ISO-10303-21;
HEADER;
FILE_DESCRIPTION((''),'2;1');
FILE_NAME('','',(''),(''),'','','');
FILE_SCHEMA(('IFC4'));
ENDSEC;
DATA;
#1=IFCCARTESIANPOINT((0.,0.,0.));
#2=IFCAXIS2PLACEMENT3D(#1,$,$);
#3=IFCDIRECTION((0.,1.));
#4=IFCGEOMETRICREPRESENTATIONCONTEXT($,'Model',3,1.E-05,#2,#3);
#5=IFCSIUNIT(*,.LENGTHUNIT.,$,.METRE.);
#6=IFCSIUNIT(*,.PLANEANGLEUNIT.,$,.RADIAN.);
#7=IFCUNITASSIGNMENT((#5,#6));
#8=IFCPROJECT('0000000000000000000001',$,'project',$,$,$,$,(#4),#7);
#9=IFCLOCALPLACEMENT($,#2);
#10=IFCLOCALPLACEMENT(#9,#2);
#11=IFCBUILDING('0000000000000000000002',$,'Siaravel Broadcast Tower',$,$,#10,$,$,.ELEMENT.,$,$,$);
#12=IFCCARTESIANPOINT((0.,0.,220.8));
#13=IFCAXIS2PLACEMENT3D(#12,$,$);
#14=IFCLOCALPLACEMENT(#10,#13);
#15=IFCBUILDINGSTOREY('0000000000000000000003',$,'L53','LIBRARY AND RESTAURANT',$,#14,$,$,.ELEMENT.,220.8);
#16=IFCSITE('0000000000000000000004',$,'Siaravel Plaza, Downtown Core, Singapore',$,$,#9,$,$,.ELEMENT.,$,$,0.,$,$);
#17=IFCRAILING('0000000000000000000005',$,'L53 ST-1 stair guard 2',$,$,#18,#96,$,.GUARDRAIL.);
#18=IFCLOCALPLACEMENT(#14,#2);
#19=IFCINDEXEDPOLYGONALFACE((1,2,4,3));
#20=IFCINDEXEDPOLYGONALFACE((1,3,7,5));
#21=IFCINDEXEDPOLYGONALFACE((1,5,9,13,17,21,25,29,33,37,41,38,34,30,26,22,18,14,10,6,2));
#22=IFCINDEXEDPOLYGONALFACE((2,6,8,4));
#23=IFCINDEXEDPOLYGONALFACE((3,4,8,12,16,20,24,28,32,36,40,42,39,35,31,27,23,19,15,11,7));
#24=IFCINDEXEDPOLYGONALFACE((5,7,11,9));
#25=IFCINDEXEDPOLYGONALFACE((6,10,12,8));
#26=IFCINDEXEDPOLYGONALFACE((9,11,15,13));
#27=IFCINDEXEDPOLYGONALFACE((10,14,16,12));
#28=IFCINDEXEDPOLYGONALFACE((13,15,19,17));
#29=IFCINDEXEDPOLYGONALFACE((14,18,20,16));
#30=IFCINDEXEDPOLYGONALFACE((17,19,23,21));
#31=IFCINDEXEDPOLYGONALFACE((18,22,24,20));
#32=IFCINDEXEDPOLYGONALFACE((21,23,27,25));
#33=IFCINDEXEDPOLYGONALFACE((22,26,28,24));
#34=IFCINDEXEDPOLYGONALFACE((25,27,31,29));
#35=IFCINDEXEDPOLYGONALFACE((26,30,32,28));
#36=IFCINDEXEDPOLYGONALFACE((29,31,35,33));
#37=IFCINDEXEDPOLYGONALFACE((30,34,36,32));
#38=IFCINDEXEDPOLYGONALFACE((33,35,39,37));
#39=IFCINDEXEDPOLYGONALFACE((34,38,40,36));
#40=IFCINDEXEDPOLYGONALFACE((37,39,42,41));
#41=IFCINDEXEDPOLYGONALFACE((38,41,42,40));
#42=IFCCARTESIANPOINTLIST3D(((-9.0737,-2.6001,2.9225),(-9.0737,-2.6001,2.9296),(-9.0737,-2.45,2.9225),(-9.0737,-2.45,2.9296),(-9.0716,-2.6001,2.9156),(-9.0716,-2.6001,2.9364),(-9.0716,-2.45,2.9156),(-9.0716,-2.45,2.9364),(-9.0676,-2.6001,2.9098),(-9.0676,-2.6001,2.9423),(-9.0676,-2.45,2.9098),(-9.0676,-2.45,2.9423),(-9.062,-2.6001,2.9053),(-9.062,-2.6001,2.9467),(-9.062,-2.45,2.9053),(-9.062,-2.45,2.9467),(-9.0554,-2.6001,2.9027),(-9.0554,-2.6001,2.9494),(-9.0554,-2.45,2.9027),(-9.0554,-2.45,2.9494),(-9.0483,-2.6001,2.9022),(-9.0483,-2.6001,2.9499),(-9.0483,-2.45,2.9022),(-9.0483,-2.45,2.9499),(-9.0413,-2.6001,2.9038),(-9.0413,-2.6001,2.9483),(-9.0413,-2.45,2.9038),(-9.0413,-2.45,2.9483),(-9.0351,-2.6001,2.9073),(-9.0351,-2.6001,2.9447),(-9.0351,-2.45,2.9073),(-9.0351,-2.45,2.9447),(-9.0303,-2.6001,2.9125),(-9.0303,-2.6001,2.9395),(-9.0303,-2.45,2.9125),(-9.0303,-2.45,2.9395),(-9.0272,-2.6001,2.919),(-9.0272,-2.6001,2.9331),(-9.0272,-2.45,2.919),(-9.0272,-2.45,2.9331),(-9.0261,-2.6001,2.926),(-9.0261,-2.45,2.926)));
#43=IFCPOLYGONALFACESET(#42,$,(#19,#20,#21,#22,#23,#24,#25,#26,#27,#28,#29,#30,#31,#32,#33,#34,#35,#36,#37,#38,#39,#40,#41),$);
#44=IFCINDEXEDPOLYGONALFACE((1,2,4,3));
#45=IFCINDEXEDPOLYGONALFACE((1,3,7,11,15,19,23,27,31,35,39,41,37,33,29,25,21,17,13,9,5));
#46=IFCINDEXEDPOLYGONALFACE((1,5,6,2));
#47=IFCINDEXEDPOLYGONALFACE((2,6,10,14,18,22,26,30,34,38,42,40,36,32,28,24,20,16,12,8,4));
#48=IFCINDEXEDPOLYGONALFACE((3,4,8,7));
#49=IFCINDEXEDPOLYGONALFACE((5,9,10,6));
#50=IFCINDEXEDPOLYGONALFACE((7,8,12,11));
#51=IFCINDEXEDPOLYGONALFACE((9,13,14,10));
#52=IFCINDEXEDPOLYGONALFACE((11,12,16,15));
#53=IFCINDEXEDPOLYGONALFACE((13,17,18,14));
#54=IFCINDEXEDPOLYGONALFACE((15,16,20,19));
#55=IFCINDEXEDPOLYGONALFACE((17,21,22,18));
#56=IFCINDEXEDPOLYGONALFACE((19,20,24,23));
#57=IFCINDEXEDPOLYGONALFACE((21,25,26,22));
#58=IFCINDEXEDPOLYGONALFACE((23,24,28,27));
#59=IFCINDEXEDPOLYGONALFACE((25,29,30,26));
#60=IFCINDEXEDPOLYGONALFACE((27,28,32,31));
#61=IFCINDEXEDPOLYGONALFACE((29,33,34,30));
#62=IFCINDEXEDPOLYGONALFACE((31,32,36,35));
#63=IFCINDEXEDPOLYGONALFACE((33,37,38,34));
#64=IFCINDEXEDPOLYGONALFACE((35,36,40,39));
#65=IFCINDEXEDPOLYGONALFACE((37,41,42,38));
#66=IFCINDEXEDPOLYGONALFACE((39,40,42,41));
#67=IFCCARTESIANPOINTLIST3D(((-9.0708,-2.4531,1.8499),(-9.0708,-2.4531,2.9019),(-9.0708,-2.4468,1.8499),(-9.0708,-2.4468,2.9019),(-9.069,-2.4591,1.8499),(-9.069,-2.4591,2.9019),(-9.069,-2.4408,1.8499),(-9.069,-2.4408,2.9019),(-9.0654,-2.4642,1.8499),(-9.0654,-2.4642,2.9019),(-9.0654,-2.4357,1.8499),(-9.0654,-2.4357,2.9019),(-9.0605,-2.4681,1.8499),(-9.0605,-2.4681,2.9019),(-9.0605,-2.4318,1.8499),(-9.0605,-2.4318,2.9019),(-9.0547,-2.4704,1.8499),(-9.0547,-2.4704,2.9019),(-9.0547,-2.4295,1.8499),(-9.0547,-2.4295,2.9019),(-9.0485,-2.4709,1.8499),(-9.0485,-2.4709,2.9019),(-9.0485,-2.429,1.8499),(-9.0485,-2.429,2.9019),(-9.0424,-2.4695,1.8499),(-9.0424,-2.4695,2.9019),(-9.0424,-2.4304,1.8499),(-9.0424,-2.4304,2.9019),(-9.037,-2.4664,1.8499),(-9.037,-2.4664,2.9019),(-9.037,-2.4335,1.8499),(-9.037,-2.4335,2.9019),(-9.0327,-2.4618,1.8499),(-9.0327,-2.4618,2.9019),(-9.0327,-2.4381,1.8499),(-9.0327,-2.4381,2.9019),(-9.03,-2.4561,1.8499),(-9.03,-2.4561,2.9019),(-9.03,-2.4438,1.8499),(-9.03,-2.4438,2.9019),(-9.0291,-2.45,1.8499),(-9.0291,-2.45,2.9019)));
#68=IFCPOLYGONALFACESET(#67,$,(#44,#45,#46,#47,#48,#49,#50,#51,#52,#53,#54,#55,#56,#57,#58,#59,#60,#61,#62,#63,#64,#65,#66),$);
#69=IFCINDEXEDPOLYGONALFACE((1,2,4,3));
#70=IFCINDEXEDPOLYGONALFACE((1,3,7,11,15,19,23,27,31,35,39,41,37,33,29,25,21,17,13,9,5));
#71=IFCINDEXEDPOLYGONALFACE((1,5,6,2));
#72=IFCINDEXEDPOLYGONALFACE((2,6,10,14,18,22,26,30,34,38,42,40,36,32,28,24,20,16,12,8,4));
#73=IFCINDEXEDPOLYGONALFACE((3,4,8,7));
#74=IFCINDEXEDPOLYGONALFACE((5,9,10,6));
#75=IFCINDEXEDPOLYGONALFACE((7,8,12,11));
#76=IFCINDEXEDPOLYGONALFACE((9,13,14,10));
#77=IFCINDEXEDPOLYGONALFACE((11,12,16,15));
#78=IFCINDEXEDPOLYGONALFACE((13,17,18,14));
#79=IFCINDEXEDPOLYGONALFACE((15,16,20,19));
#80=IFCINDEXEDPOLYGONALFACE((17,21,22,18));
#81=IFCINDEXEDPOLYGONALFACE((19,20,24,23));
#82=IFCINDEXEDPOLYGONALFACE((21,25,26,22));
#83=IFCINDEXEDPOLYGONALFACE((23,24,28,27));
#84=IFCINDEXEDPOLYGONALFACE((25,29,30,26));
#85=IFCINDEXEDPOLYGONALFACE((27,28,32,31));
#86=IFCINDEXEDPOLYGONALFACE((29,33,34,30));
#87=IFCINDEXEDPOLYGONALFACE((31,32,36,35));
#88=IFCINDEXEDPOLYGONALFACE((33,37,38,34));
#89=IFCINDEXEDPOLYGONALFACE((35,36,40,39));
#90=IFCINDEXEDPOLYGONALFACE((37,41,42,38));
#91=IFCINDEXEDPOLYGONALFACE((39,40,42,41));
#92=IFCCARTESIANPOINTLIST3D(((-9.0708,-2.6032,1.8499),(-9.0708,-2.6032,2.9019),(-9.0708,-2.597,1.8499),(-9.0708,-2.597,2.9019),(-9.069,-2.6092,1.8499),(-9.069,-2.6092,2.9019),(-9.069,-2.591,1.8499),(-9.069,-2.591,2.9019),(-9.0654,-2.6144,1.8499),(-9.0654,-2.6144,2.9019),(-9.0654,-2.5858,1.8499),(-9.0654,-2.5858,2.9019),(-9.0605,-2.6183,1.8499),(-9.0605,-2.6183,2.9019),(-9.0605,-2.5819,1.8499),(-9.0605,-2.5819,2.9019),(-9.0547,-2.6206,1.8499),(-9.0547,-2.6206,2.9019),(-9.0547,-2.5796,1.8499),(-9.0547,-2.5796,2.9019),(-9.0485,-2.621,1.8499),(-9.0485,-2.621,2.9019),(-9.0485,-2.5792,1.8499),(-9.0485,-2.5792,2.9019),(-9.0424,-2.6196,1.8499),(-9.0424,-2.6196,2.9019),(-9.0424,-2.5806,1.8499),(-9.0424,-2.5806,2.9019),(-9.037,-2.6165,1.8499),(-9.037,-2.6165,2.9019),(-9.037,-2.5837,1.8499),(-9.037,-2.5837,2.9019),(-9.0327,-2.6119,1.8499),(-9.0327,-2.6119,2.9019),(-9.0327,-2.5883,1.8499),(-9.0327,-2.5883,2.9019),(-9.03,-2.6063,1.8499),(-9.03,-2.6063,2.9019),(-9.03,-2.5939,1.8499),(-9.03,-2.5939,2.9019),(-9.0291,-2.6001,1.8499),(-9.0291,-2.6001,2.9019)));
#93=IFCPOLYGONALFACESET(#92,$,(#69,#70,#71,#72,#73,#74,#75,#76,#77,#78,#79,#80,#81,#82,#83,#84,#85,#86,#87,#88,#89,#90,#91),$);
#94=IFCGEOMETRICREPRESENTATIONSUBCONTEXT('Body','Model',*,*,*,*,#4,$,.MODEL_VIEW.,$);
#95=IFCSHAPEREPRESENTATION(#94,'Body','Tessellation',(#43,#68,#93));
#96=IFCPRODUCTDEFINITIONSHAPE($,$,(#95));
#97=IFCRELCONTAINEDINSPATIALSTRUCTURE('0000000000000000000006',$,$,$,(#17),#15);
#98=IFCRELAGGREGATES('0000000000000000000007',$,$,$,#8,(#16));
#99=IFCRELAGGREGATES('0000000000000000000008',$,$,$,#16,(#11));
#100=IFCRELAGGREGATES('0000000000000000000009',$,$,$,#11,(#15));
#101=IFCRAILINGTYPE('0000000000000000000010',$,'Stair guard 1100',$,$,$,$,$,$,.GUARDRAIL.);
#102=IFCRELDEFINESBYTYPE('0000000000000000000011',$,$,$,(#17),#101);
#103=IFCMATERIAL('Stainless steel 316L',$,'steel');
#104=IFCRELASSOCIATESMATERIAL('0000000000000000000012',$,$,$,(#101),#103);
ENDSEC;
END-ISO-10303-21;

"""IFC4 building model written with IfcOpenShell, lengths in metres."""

from ifc_helpers import new_model, si_unit, direction, frame, origin, origin_2d, place, context, subcontext, project, spatial, circle, extrude, material, type_object, element, save


model = new_model("IFC4")

# Units and contexts
model_context = context("Model", 3, precision=1e-05, world=origin(), true_north=direction((0.0, 1.0)))
body_context = subcontext(model_context, "Body", "Model", "MODEL_VIEW")
ifc_project = project(units=[si_unit("LENGTHUNIT", "METRE"), si_unit("PLANEANGLEUNIT", "RADIAN")], contexts=[model_context])

# Site, building, storey
site_placement = place(None, origin())
site = spatial("IfcSite", under=ifc_project, at=site_placement, Name="Siaravel Plaza, Downtown Core, Singapore", CompositionType="ELEMENT", RefElevation=0.0)
building_placement = place(site_placement, origin())
building = spatial("IfcBuilding", under=site, at=building_placement, Name="Siaravel Broadcast Tower", CompositionType="ELEMENT")
storey_placement = place(building_placement, frame((0.0, 0.0, 220.8)))
storey = spatial("IfcBuildingStorey", under=building, at=storey_placement, Name="L53", Description="LIBRARY AND RESTAURANT", CompositionType="ELEMENT", Elevation=220.8)

# Shared definitions
ifc_material_1 = material(Name="Stainless steel 316L", Category="steel")

# Railing
railing_type_1 = type_object("IfcRailingType", Name="Stair guard 1100", PredefinedType="GUARDRAIL", material=ifc_material_1)
railing_1_placement = place(storey_placement, frame((-9.05, -2.45, 1.8499)))
element("IfcRailing", 1, at=railing_1_placement, inside=storey, type_object=railing_type_1, Name="L53 ST-1 stair guard 2", PredefinedType="GUARDRAIL", context=body_context, shape_type="SweptSolid", body=[
    extrude(circle(Radius=0.0239, at=origin_2d()), frame((0.0, 0.0, 1.0762), z_axis=(0.0, -1.0, 0.0), x_axis=(1.0, 0.0, 0.0)), (0.0, 0.0, 1.0), 0.1501),
    extrude(circle(Radius=0.021, at=origin_2d()), origin(), (0.0, 0.0, 1.0), 1.052),
    extrude(circle(Radius=0.021, at=origin_2d()), frame((0.0, -0.1501, 0.0)), (0.0, 0.0, 1.0), 1.052),
])

save(model, "model.ifc")
